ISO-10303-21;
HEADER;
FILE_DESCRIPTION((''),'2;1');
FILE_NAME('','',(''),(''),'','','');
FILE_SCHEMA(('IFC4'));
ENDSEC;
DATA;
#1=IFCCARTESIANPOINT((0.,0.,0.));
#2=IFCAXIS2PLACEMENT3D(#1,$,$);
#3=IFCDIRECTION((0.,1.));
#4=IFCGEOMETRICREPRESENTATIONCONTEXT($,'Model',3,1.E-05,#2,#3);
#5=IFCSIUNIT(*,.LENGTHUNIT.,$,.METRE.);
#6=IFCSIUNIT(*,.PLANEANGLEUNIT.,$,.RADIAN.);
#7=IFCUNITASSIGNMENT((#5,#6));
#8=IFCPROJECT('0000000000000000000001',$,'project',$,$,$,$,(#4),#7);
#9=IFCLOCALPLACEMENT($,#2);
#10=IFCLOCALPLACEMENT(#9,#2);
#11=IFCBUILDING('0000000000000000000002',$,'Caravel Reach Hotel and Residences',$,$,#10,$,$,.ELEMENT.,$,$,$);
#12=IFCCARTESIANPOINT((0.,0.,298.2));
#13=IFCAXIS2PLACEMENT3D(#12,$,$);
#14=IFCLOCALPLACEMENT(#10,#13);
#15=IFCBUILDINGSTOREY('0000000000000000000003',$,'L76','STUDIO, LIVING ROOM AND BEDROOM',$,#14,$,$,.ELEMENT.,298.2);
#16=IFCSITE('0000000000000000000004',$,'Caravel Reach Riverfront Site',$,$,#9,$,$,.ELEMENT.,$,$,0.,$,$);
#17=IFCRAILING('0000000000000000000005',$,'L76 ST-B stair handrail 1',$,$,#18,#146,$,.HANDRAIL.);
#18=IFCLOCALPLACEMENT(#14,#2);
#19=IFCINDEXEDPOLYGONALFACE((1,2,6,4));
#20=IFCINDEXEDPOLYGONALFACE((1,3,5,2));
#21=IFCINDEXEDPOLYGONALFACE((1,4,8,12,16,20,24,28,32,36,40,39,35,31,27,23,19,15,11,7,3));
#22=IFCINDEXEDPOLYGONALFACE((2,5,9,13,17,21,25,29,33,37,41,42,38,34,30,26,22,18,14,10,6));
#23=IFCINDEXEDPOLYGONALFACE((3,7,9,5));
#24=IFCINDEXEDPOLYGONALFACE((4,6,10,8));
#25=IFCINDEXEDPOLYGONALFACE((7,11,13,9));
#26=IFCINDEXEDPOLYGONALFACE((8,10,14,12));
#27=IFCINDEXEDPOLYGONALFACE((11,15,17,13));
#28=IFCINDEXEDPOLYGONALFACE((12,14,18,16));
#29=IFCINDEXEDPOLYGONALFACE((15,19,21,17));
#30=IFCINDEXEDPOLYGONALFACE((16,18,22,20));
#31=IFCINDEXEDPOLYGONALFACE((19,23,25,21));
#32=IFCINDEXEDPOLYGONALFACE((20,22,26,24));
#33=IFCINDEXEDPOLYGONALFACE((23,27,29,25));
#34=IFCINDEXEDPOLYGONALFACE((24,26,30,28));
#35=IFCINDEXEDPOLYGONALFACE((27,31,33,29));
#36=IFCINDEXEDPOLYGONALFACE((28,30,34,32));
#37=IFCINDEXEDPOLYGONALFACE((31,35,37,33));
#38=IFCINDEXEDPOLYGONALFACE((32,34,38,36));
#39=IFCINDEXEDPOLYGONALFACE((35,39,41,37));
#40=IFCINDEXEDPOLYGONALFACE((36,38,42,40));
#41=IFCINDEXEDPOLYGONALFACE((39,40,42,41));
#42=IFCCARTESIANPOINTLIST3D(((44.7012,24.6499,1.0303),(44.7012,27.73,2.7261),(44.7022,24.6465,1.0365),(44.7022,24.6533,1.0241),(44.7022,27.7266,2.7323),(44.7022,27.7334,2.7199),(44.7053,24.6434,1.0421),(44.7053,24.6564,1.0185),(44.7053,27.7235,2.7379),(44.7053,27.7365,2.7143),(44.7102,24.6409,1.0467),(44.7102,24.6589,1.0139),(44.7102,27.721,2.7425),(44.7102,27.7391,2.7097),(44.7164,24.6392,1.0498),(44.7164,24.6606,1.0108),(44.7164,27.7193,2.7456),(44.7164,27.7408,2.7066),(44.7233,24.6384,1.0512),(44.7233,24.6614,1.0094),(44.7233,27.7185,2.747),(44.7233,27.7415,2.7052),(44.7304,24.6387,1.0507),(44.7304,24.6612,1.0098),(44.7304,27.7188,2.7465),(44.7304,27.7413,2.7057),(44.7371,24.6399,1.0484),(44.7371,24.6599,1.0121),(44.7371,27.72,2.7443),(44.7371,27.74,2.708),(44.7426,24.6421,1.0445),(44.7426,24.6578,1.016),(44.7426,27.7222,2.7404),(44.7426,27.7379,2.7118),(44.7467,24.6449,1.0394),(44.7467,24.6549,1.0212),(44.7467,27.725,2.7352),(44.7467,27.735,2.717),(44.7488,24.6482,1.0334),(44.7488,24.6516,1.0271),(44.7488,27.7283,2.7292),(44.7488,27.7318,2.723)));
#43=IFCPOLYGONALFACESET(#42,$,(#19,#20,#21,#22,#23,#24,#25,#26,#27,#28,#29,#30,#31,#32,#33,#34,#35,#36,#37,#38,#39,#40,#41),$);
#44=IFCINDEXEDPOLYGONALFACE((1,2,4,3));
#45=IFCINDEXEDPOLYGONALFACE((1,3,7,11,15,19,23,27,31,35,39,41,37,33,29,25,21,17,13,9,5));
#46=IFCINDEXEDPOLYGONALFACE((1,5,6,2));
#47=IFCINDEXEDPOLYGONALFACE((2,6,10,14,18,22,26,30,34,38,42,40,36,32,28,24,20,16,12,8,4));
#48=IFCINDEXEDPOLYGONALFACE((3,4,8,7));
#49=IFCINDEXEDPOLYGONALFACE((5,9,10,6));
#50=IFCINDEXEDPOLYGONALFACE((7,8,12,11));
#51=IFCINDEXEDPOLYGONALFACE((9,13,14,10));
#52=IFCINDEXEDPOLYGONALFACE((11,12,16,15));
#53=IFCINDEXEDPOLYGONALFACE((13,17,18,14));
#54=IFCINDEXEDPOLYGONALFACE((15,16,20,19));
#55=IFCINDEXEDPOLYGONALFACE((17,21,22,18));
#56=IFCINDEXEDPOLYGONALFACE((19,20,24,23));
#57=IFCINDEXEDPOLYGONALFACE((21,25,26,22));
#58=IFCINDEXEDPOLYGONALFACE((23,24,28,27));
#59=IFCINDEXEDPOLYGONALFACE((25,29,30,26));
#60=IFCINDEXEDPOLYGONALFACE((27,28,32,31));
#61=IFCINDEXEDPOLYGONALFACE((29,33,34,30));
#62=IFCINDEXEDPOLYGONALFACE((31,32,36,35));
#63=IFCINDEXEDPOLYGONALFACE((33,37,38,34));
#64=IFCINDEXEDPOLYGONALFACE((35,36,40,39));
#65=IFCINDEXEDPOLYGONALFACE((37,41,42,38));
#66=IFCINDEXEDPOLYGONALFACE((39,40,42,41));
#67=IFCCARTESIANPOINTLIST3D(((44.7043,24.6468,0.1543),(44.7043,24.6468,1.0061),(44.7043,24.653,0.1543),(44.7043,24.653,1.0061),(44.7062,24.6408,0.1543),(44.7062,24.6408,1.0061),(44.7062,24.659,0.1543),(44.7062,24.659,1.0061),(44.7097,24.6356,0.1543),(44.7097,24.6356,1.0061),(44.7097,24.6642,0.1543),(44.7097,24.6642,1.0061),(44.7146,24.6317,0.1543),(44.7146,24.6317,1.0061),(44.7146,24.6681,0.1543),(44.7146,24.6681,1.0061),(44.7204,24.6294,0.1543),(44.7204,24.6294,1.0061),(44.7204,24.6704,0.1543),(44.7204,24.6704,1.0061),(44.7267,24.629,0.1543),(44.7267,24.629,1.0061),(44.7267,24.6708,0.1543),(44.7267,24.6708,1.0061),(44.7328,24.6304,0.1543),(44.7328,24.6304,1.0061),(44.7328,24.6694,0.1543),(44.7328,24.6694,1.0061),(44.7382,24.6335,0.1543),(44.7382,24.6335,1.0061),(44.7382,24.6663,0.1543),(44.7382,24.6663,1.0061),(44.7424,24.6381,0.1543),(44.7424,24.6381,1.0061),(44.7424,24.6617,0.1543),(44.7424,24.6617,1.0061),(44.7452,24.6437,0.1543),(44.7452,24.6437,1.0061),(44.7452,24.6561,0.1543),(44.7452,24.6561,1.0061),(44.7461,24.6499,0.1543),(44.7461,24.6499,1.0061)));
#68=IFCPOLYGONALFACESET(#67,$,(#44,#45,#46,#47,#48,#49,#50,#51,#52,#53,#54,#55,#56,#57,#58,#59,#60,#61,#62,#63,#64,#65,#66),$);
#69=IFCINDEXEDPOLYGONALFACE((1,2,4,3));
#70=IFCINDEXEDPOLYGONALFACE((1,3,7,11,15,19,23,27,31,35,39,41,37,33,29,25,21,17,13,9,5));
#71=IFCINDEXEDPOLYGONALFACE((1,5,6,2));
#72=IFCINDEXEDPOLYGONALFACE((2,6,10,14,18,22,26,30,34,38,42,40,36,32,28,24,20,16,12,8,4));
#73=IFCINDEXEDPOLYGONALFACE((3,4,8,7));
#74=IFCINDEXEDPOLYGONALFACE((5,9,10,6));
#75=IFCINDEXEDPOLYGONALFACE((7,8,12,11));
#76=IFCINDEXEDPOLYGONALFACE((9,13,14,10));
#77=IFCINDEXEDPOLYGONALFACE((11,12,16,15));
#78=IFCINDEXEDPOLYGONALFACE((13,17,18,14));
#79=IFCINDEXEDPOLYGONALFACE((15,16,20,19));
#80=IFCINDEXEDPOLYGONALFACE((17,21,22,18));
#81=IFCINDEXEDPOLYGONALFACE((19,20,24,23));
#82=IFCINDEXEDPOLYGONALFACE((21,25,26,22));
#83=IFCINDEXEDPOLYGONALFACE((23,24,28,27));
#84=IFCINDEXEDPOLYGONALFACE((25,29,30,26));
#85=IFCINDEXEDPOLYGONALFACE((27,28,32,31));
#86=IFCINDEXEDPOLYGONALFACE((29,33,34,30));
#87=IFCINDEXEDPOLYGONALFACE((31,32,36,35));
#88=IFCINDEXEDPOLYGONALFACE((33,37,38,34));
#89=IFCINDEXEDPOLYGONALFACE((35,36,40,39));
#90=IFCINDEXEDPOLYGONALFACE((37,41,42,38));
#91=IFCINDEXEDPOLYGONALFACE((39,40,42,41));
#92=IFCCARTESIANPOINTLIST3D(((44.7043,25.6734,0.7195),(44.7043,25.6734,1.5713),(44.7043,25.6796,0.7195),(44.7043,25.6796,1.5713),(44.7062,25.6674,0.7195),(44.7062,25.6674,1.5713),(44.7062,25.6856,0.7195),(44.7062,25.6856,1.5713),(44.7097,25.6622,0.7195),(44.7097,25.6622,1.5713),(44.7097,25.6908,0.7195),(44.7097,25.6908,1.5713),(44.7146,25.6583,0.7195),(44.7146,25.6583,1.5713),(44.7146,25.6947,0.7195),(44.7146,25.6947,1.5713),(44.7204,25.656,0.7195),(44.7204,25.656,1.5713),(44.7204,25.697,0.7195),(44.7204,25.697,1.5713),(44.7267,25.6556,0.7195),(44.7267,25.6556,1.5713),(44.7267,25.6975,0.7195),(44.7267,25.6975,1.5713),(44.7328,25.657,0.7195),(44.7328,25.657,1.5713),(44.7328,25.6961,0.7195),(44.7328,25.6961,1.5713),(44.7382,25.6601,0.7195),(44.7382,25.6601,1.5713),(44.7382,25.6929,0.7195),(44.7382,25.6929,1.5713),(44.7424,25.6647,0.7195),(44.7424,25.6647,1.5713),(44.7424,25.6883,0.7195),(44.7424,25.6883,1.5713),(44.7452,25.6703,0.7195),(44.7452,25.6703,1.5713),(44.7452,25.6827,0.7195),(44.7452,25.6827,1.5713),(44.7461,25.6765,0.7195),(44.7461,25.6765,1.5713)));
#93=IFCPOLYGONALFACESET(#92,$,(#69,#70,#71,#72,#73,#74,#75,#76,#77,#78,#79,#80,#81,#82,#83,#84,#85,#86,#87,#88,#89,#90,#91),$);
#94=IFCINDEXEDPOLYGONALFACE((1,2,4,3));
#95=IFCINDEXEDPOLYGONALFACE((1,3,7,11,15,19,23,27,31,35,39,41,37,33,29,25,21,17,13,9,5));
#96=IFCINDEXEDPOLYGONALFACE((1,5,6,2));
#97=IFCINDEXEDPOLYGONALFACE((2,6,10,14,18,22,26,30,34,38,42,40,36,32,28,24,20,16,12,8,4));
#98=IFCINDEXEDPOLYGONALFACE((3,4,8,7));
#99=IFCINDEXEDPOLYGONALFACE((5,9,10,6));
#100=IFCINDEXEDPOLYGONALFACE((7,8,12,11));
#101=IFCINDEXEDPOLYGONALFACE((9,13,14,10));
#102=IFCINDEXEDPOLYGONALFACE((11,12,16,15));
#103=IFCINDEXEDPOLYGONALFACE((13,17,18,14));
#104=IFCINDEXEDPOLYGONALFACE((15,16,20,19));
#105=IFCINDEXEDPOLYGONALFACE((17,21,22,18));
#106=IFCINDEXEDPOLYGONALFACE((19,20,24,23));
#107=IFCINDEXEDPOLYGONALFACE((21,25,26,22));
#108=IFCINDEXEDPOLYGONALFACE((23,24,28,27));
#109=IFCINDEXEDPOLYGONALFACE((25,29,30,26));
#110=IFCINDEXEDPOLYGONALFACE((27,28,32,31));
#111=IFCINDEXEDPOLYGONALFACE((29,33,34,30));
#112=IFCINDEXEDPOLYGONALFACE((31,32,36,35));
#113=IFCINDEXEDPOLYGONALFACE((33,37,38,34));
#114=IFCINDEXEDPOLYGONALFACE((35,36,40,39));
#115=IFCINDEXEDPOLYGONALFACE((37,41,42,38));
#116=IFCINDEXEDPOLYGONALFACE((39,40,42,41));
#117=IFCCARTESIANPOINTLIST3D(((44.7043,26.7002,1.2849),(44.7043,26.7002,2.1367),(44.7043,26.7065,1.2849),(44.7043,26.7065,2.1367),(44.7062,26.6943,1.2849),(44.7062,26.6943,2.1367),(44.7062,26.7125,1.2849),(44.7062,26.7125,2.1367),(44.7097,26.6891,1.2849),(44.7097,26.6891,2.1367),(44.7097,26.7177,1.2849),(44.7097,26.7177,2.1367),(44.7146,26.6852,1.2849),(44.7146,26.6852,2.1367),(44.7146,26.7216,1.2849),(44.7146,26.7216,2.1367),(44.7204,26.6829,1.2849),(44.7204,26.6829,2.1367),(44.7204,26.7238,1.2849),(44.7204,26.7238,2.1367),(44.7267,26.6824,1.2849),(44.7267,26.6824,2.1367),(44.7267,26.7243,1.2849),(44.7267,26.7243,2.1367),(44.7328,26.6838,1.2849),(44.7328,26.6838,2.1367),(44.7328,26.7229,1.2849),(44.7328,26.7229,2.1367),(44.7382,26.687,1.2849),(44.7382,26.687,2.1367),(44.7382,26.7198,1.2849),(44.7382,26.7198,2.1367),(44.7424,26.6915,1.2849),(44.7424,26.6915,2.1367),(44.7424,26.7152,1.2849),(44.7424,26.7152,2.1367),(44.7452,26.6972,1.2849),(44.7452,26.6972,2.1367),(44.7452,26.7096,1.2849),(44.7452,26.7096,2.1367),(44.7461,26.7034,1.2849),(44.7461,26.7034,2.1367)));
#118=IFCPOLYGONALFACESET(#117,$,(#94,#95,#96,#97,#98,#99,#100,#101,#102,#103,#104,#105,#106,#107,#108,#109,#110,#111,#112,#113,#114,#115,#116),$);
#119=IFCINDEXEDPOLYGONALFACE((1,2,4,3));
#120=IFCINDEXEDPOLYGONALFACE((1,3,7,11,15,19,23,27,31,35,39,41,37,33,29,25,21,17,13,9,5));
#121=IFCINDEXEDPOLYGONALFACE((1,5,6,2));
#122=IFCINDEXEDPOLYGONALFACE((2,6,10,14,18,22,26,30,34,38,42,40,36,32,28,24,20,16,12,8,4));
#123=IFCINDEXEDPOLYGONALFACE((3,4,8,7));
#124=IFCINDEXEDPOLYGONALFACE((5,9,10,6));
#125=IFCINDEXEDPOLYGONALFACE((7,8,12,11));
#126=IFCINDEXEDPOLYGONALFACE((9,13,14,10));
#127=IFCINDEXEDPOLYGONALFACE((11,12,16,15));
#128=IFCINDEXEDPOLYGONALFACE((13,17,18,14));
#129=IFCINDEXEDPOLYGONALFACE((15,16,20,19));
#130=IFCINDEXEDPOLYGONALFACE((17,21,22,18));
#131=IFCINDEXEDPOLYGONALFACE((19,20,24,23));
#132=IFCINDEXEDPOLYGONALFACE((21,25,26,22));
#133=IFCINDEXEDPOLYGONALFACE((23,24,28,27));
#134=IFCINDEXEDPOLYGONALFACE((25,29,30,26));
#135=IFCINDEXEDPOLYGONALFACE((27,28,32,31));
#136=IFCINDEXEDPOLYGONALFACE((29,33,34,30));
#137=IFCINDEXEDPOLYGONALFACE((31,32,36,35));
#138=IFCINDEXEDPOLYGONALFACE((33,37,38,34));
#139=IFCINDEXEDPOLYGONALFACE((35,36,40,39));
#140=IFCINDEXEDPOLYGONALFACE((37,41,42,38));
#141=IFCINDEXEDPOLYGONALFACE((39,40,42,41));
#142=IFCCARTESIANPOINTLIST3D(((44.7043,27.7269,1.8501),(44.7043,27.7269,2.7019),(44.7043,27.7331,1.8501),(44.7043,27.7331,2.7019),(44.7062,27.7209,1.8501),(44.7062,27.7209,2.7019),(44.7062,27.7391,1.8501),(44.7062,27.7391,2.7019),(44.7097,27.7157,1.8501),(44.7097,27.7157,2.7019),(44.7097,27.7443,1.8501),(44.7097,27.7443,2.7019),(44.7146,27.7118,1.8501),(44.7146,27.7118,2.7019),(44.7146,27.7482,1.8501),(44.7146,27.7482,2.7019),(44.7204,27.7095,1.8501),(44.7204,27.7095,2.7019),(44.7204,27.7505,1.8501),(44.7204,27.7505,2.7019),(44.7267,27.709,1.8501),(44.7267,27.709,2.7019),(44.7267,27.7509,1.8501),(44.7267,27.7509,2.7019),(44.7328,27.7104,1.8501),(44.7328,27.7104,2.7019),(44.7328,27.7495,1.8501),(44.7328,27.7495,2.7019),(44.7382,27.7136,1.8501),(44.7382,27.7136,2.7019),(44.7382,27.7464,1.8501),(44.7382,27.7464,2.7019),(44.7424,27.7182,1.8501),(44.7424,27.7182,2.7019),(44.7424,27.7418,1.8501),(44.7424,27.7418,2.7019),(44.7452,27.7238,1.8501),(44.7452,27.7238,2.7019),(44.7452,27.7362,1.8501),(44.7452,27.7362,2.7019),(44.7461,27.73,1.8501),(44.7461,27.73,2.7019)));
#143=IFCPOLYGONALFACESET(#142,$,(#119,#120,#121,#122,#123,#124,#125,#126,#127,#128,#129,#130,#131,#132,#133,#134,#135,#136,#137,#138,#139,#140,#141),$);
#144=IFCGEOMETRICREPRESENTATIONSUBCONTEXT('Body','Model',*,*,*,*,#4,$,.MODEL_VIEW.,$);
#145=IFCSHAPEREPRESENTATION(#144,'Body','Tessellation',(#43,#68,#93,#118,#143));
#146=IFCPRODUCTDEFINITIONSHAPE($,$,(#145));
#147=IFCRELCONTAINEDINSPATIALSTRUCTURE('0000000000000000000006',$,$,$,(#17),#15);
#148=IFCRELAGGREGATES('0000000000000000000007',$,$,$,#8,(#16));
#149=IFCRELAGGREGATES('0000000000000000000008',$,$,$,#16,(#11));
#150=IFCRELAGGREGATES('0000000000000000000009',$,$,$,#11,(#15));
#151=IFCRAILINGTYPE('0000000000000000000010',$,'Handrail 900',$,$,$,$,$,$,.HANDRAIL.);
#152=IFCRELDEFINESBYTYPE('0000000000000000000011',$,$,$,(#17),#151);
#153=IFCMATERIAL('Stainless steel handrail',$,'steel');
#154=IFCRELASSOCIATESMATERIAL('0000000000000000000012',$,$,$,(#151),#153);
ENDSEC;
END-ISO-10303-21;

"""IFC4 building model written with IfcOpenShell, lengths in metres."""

from ifc_helpers import new_model, si_unit, direction, frame, origin, origin_2d, place, context, subcontext, project, spatial, circle, extrude, material, type_object, element, save


model = new_model("IFC4")

# Units and contexts
model_context = context("Model", 3, precision=1e-05, world=origin(), true_north=direction((0.0, 1.0)))
body_context = subcontext(model_context, "Body", "Model", "MODEL_VIEW")
ifc_project = project(units=[si_unit("LENGTHUNIT", "METRE"), si_unit("PLANEANGLEUNIT", "RADIAN")], contexts=[model_context])

# Site, building, storey
site_placement = place(None, origin())
site = spatial("IfcSite", under=ifc_project, at=site_placement, Name="Caravel Reach Riverfront Site", CompositionType="ELEMENT", RefElevation=0.0)
building_placement = place(site_placement, origin())
building = spatial("IfcBuilding", under=site, at=building_placement, Name="Caravel Reach Hotel and Residences", CompositionType="ELEMENT")
storey_placement = place(building_placement, frame((0.0, 0.0, 298.2)))
storey = spatial("IfcBuildingStorey", under=building, at=storey_placement, Name="L76", Description="STUDIO, LIVING ROOM AND BEDROOM", CompositionType="ELEMENT", Elevation=298.2)

# Railing
ifc_material_1 = material(Name="Stainless steel handrail", Category="steel")
railing_type_1 = type_object("IfcRailingType", Name="Handrail 900", PredefinedType="HANDRAIL", material=ifc_material_1)
railing_1_placement = place(storey_placement, frame((44.7251, 24.6499, 0.1543)))
element("IfcRailing", 1, at=railing_1_placement, inside=storey, type_object=railing_type_1, Name="L76 ST-B stair handrail 1", PredefinedType="HANDRAIL", context=body_context, shape_type="SweptSolid", body=[
    extrude(circle(Radius=0.0239, at=origin_2d()), frame((0.0, 0.0, 0.876), z_axis=(0.0, 0.876005, 0.482303), x_axis=(-1.0, 0.0, 0.0)), (0.0, 0.0, 1.0), 3.5161),
    extrude(circle(Radius=0.021, at=origin_2d()), origin(), (0.0, 0.0, 1.0), 0.8518),
    extrude(circle(Radius=0.021, at=origin_2d()), frame((0.0, 1.0266, 0.5652)), (0.0, 0.0, 1.0), 0.8518),
    extrude(circle(Radius=0.021, at=origin_2d()), frame((0.0, 2.0535, 1.1306)), (0.0, 0.0, 1.0), 0.8518),
    extrude(circle(Radius=0.021, at=origin_2d()), frame((0.0, 3.0801, 1.6958)), (0.0, 0.0, 1.0), 0.8518),
])

save(model, "model.ifc")
